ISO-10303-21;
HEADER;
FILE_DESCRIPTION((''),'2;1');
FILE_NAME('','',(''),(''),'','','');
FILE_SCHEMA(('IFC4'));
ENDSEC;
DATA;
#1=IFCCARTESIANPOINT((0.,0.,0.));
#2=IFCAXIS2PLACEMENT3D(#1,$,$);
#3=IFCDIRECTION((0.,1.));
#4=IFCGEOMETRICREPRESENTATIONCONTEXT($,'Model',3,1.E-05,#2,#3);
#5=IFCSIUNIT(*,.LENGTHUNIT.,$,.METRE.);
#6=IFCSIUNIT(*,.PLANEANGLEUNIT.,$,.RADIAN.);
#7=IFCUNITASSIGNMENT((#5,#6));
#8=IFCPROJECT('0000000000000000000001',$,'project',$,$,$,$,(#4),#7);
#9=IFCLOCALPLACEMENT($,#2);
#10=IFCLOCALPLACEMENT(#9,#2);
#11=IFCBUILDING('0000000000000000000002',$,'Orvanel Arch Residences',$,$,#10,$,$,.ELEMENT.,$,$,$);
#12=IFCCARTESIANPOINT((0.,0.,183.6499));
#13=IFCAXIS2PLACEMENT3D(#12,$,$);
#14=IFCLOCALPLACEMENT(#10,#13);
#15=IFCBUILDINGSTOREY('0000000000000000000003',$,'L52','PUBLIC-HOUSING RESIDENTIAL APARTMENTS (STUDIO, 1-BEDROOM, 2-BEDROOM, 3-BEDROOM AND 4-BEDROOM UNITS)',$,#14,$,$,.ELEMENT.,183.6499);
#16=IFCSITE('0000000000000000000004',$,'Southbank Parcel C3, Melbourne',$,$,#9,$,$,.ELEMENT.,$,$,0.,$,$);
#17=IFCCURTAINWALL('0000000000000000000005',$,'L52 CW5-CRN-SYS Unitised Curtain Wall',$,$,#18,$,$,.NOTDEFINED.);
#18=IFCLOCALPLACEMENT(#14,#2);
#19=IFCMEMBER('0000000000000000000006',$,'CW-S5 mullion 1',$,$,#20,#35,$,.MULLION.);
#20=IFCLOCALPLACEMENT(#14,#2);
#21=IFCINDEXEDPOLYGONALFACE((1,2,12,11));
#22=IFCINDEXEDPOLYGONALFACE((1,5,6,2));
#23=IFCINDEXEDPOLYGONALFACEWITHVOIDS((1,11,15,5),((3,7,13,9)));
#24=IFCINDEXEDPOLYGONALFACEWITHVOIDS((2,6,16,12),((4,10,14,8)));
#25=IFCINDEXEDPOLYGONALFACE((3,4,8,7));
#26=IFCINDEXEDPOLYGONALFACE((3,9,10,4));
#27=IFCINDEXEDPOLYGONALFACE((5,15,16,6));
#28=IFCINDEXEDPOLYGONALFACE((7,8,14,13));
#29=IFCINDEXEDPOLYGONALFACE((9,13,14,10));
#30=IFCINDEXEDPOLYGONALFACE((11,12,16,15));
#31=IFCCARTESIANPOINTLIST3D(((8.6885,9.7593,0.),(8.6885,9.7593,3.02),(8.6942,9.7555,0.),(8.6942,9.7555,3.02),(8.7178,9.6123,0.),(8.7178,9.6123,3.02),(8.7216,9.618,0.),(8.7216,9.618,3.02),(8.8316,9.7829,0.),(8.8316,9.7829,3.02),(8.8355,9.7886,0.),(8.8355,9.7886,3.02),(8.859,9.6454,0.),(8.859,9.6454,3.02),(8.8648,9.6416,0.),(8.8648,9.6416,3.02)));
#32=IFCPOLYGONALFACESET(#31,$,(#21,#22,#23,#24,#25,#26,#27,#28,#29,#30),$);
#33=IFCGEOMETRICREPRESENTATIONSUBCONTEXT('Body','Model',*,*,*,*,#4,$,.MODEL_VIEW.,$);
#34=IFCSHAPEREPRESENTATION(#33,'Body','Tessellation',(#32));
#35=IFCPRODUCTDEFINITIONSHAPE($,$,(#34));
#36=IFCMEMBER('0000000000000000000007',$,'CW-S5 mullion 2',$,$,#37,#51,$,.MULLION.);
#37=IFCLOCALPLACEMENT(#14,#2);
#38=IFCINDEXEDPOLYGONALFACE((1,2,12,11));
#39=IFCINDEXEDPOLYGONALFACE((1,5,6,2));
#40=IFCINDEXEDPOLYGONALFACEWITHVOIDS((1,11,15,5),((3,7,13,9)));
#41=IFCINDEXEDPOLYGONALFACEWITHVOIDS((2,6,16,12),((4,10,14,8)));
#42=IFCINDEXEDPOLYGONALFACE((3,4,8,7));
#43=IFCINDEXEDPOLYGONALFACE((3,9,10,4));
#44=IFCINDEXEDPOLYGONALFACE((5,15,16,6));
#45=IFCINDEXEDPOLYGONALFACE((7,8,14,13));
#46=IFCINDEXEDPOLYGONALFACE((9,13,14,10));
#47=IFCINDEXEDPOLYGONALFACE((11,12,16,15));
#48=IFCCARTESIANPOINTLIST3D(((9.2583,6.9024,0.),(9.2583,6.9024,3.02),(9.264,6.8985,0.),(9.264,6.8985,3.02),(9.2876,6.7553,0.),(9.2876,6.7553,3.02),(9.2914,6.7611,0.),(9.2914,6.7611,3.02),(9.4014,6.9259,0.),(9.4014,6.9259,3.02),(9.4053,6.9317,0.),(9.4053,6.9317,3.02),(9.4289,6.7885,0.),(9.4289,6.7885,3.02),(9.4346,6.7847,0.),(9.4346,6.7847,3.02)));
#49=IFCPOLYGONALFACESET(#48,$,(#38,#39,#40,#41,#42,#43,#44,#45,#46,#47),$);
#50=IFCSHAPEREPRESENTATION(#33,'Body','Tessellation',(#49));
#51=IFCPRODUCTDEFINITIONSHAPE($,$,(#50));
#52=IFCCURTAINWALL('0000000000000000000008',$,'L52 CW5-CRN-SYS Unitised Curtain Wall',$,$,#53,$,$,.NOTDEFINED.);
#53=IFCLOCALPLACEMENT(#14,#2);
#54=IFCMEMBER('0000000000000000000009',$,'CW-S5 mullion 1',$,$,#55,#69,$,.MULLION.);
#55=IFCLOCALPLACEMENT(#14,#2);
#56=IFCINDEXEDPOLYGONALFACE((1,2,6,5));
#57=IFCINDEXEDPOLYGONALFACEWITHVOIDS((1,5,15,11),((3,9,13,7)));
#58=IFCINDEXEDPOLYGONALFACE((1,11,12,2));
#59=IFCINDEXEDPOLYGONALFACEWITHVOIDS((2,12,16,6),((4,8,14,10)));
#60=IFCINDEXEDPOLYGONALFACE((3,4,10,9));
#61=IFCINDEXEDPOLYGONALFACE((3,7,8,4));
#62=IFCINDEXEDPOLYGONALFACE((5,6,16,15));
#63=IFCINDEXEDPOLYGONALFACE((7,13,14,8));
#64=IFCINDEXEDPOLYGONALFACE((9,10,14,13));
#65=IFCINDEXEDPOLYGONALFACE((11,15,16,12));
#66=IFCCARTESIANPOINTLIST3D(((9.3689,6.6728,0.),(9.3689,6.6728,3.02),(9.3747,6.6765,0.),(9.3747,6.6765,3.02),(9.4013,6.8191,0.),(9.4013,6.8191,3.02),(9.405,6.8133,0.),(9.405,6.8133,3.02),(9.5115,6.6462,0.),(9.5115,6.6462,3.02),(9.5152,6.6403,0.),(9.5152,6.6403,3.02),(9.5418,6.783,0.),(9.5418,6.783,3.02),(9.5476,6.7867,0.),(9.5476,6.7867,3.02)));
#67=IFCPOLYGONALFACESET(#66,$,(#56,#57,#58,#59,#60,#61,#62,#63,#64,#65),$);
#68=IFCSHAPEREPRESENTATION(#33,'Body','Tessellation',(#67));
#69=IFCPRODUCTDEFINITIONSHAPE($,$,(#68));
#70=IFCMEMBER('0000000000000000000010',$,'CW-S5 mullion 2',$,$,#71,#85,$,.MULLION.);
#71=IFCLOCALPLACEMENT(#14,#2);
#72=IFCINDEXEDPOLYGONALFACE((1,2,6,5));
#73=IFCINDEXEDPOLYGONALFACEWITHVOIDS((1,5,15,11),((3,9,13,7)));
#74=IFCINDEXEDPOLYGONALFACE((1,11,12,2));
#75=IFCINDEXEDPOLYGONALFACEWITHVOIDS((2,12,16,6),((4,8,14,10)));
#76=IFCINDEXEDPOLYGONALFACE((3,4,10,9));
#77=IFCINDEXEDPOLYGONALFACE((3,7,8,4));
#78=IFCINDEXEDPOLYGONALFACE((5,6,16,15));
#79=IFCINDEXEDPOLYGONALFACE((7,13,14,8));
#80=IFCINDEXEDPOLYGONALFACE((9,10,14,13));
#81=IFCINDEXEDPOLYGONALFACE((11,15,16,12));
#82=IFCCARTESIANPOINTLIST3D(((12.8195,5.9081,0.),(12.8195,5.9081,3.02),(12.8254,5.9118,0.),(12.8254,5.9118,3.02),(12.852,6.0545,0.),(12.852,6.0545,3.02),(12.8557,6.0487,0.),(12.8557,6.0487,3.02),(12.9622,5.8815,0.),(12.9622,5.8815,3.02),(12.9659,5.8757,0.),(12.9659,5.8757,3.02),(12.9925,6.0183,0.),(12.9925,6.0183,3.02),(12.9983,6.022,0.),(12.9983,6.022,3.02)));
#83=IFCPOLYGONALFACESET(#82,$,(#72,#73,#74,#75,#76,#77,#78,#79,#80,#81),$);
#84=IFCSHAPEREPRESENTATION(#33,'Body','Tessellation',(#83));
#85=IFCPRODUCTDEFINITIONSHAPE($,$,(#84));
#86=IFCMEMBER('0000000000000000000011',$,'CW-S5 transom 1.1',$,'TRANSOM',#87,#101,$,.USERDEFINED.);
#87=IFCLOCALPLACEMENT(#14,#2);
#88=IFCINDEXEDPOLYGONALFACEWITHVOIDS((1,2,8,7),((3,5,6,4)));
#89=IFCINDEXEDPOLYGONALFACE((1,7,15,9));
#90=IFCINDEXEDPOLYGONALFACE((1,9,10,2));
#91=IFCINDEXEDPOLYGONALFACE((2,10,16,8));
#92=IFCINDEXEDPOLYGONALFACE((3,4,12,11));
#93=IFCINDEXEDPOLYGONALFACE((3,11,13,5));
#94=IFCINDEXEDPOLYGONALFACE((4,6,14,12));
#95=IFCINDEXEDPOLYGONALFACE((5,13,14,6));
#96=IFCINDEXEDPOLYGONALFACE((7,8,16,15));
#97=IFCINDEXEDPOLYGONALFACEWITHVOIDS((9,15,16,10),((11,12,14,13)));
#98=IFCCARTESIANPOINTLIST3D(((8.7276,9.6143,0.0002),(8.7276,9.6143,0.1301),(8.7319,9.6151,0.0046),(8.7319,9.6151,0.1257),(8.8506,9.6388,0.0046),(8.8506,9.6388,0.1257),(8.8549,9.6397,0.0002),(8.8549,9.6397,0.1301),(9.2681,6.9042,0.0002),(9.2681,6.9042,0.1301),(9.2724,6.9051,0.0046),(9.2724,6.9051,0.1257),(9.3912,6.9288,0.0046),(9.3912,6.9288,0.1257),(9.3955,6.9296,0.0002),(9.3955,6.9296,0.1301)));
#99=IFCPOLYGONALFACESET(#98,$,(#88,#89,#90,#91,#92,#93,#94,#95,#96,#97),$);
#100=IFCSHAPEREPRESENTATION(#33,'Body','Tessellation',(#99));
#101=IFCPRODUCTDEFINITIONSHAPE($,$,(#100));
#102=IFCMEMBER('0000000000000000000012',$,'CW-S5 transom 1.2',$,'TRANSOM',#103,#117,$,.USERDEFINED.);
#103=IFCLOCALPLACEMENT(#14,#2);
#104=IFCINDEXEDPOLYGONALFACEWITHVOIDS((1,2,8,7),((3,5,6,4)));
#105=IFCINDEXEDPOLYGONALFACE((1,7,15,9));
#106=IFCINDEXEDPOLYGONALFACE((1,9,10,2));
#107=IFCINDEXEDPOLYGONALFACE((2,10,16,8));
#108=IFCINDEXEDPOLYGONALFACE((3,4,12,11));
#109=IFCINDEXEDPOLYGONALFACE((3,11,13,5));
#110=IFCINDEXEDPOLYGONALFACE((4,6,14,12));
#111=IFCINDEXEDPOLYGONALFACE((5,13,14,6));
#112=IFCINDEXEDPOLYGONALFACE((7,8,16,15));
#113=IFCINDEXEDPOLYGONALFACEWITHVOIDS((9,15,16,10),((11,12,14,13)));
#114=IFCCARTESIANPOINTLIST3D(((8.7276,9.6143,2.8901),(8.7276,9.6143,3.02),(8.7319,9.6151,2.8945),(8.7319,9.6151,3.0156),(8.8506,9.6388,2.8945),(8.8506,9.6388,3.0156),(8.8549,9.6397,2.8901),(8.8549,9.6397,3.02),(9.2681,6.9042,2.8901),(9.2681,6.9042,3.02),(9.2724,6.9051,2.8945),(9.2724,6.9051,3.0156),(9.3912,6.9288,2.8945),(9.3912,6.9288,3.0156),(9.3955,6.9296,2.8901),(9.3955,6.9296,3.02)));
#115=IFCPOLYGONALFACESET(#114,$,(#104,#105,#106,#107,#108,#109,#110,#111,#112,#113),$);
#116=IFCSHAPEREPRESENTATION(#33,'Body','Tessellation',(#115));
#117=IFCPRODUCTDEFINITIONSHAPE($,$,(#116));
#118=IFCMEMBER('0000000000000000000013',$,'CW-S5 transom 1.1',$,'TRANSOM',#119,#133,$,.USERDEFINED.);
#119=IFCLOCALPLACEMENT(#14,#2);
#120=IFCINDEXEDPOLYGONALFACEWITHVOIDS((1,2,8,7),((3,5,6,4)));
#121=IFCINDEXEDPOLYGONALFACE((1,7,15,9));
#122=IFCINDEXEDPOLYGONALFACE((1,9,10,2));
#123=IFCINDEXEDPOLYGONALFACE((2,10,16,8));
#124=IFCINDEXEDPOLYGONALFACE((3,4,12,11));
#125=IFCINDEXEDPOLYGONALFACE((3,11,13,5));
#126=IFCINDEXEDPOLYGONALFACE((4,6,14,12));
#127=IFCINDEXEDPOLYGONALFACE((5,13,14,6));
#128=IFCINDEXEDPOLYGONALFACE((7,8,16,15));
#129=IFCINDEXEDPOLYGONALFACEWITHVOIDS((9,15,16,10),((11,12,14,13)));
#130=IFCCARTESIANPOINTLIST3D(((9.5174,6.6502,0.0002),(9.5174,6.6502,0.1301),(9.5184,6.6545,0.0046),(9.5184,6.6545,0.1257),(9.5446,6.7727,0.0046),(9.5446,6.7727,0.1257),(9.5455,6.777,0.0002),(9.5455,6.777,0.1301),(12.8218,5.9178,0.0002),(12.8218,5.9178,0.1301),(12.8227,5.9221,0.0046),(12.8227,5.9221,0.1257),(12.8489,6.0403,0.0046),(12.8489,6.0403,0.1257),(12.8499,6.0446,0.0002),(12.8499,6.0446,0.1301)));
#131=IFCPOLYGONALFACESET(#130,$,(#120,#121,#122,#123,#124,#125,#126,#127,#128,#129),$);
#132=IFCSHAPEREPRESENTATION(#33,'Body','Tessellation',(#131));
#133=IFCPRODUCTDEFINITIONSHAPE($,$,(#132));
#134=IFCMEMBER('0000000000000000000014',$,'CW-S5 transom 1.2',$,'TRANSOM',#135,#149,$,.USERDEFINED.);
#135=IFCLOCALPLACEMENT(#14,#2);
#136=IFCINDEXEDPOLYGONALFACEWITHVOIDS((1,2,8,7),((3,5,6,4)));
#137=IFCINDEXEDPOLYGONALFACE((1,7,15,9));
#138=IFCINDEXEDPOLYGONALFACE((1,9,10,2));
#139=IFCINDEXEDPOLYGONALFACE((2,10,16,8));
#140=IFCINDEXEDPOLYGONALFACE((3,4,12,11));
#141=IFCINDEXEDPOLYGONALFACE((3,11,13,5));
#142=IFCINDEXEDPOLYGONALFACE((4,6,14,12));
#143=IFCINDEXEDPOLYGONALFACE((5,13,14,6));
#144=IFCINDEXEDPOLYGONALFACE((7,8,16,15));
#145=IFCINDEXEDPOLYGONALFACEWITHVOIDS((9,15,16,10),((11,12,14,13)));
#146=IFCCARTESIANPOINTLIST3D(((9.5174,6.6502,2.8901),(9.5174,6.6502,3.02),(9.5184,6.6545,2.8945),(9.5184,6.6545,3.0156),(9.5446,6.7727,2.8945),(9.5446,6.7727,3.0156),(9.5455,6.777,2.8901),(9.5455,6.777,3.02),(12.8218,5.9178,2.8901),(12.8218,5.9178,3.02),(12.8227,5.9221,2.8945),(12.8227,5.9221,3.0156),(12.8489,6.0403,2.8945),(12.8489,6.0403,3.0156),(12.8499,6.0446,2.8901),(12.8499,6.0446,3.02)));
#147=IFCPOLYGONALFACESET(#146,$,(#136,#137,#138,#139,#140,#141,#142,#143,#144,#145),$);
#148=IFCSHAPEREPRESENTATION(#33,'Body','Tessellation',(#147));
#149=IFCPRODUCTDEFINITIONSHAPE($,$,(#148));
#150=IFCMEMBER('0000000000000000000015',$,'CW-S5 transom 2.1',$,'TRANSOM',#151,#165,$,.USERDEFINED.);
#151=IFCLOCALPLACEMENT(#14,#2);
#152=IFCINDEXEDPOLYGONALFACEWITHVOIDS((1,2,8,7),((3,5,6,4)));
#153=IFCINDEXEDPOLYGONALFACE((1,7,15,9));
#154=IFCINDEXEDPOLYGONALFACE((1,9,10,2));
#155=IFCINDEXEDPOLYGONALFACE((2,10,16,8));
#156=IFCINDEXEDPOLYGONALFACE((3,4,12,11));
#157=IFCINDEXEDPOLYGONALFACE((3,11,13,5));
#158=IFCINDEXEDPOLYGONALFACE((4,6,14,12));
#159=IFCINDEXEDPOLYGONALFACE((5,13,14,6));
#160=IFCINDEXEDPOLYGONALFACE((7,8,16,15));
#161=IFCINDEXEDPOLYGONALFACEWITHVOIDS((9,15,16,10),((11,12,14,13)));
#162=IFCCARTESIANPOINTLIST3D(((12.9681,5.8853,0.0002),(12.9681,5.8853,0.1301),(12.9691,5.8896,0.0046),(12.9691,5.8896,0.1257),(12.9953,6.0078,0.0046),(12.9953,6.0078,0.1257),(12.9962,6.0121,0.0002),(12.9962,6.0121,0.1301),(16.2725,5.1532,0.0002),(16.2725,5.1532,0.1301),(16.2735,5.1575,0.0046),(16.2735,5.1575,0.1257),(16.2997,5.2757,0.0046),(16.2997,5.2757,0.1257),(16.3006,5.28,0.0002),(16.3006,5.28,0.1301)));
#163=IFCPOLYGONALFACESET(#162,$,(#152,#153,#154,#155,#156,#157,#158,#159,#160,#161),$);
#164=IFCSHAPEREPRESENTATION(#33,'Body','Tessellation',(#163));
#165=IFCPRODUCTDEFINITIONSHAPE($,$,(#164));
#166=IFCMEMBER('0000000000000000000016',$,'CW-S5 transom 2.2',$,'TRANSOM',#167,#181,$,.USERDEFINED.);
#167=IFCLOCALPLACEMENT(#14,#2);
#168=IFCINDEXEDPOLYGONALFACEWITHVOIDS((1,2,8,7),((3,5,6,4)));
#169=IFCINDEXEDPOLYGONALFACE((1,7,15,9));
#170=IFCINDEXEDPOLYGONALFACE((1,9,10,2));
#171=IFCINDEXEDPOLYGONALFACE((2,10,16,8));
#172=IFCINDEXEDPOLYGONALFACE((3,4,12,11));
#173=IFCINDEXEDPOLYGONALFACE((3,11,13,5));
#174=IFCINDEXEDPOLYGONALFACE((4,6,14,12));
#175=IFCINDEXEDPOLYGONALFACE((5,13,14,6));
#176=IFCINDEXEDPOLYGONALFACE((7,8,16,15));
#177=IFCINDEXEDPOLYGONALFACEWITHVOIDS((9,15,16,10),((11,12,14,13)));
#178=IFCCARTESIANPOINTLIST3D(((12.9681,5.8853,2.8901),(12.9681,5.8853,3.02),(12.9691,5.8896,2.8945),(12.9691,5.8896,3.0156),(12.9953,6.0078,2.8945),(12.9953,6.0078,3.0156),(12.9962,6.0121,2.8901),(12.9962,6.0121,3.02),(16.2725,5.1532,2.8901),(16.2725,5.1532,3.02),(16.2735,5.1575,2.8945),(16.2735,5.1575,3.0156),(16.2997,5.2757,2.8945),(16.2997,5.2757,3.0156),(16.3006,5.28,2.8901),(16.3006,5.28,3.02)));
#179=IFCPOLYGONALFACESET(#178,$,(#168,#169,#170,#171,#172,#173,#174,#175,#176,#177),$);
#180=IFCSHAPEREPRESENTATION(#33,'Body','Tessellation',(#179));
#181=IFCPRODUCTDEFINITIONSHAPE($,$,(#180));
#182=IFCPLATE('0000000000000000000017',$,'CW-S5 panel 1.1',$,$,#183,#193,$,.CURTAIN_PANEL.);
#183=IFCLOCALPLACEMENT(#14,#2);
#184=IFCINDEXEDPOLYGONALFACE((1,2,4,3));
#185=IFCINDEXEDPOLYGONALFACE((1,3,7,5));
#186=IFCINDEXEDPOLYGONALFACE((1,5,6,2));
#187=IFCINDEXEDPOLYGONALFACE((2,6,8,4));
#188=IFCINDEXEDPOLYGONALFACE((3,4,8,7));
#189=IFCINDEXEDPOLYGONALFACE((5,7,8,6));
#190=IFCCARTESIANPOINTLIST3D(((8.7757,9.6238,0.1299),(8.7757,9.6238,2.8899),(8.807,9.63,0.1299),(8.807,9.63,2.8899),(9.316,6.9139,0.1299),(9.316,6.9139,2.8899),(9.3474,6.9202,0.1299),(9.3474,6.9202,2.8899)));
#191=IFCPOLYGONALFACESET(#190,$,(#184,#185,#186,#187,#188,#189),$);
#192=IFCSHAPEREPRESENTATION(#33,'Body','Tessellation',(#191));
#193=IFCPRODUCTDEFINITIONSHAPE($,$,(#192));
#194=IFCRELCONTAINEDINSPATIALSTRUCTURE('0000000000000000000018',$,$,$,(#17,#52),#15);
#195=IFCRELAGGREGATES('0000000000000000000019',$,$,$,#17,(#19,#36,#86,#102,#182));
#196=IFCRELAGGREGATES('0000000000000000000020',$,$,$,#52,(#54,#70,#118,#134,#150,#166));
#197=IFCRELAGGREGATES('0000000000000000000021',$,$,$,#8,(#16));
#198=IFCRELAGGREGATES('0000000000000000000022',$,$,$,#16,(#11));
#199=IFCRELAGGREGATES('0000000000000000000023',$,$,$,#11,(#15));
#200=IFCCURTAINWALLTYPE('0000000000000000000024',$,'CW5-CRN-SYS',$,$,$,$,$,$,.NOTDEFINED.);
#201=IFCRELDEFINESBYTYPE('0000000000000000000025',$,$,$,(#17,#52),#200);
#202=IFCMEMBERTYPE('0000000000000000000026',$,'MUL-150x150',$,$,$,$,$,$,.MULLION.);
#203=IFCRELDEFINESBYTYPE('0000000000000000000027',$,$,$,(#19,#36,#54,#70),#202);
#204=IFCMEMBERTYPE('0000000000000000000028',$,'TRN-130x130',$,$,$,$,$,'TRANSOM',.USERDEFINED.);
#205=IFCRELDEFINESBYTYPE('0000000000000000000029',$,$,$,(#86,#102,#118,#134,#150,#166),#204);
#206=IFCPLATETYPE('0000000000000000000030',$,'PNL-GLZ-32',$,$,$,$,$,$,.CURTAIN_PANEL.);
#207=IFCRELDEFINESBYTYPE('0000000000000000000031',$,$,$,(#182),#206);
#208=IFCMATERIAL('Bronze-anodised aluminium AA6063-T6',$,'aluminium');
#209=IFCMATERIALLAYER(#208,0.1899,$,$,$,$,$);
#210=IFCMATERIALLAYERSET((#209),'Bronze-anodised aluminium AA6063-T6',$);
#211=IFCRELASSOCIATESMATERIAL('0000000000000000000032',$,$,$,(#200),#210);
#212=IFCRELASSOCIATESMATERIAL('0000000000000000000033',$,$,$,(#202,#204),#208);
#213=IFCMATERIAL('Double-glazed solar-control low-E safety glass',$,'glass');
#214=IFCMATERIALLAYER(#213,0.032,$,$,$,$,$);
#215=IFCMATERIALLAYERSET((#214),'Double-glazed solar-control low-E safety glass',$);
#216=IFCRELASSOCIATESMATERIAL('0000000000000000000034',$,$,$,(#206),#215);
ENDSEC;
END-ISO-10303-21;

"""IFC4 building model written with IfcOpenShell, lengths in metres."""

from ifc_helpers import new_model, si_unit, direction, frame, origin, origin_2d, place, context, subcontext, project, spatial, rectangle, hollow_rectangle, extrude, material, layer, layer_set, material_profile, profile_set, type_object, element, aggregate, save


model = new_model("IFC4")

# Units and contexts
model_context = context("Model", 3, precision=1e-05, world=origin(), true_north=direction((0.0, 1.0)))
body_context = subcontext(model_context, "Body", "Model", "MODEL_VIEW")
ifc_project = project(units=[si_unit("LENGTHUNIT", "METRE"), si_unit("PLANEANGLEUNIT", "RADIAN")], contexts=[model_context])

# Site, building, storey
site_placement = place(None, origin())
site = spatial("IfcSite", under=ifc_project, at=site_placement, Name="Southbank Parcel C3, Melbourne", CompositionType="ELEMENT", RefElevation=0.0)
building_placement = place(site_placement, origin())
building = spatial("IfcBuilding", under=site, at=building_placement, Name="Orvanel Arch Residences", CompositionType="ELEMENT")
storey_placement = place(building_placement, frame((0.0, 0.0, 183.6499)))
storey = spatial("IfcBuildingStorey", under=building, at=storey_placement, Name="L52", Description="PUBLIC-HOUSING RESIDENTIAL APARTMENTS (STUDIO, 1-BEDROOM, 2-BEDROOM, 3-BEDROOM AND 4-BEDROOM UNITS)", CompositionType="ELEMENT", Elevation=183.6499)

# Curtain walls, members
ifc_material_1 = material(Name="Bronze-anodised aluminium AA6063-T6", Category="aluminium")
ifc_layer_1 = layer(ifc_material_1, 0.1899)
ifc_layer_set_1 = layer_set([ifc_layer_1], Name="Bronze-anodised aluminium AA6063-T6")
curtain_wall_type = type_object("IfcCurtainWallType", Name="CW5-CRN-SYS", PredefinedType="NOTDEFINED", material=ifc_layer_set_1)
curtain_wall_1_placement = place(storey_placement, origin())
curtain_wall_1 = element("IfcCurtainWall", 1, at=curtain_wall_1_placement, inside=storey, type_object=curtain_wall_type, Name="L52 CW5-CRN-SYS Unitised Curtain Wall", PredefinedType="NOTDEFINED")
ifc_material_profile_1 = material_profile(ifc_material_1, hollow_rectangle(XDim=0.1499, YDim=0.1499, WallThickness=0.0049, at=origin_2d()), Name="ALU150x150x5")
ifc_profile_set_1 = profile_set([ifc_material_profile_1], Name="Bronze-anodised aluminium AA6063-T6")
member_type_1 = type_object("IfcMemberType", Name="MUL-150x150", PredefinedType="MULLION", material=ifc_profile_set_1)
member_1_placement = place(storey_placement, frame((8.7766, 9.7004, 0.0), z_axis=(0.0, 0.0, 1.0), x_axis=(0.980694, 0.195551, 0.0)))
member_1 = element("IfcMember", 2, at=member_1_placement, type_object=member_type_1, Name="CW-S5 mullion 1", PredefinedType="MULLION", context=body_context, shape_type="SweptSolid", body=[
    extrude(hollow_rectangle(XDim=0.1499, YDim=0.1499, WallThickness=0.0049, at=origin_2d()), origin(), (0.0, 0.0, 1.0), 3.02),
])
member_2_placement = place(storey_placement, frame((9.3464, 6.8435, 0.0), z_axis=(0.0, 0.0, 1.0), x_axis=(0.980694, 0.195551, 0.0)))
member_2 = element("IfcMember", 3, at=member_2_placement, type_object=member_type_1, Name="CW-S5 mullion 2", PredefinedType="MULLION", context=body_context, shape_type="SweptSolid", body=[
    extrude(hollow_rectangle(XDim=0.1499, YDim=0.1499, WallThickness=0.0049, at=origin_2d()), origin(), (0.0, 0.0, 1.0), 3.02),
])
curtain_wall_2_placement = place(storey_placement, origin())
curtain_wall_2 = element("IfcCurtainWall", 4, at=curtain_wall_2_placement, inside=storey, type_object=curtain_wall_type, Name="L52 CW5-CRN-SYS Unitised Curtain Wall", PredefinedType="NOTDEFINED")
member_3_placement = place(storey_placement, frame((9.4583, 6.7297, 0.0), z_axis=(0.0, 0.0, 1.0), x_axis=(0.216373, 0.976311, 0.0)))
member_3 = element("IfcMember", 5, at=member_3_placement, type_object=member_type_1, Name="CW-S5 mullion 1", PredefinedType="MULLION", context=body_context, shape_type="SweptSolid", body=[
    extrude(hollow_rectangle(XDim=0.1499, YDim=0.1499, WallThickness=0.0049, at=origin_2d()), origin(), (0.0, 0.0, 1.0), 3.02),
])
member_4_placement = place(storey_placement, frame((12.9089, 5.9651, 0.0), z_axis=(0.0, 0.0, 1.0), x_axis=(0.216373, 0.976311, 0.0)))
member_4 = element("IfcMember", 6, at=member_4_placement, type_object=member_type_1, Name="CW-S5 mullion 2", PredefinedType="MULLION", context=body_context, shape_type="SweptSolid", body=[
    extrude(hollow_rectangle(XDim=0.1499, YDim=0.1499, WallThickness=0.0049, at=origin_2d()), origin(), (0.0, 0.0, 1.0), 3.02),
])

# Members
ifc_material_profile_2 = material_profile(ifc_material_1, hollow_rectangle(XDim=0.1299, YDim=0.1299, WallThickness=0.0044, at=origin_2d()), Name="ALU130x130x4.5")
ifc_profile_set_2 = profile_set([ifc_material_profile_2], Name="Bronze-anodised aluminium AA6063-T6")
member_type_2 = type_object("IfcMemberType", Name="TRN-130x130", ElementType="TRANSOM", PredefinedType="USERDEFINED", material=ifc_profile_set_2)
member_5_placement = place(storey_placement, frame((8.7913, 9.627, 0.0652), z_axis=(0.195606, -0.980682, 0.0), x_axis=(0.980682, 0.195606, 0.0)))
member_5 = element("IfcMember", 7, at=member_5_placement, type_object=member_type_2, Name="CW-S5 transom 1.1", ObjectType="TRANSOM", PredefinedType="USERDEFINED", context=body_context, shape_type="SweptSolid", body=[
    extrude(hollow_rectangle(XDim=0.1299, YDim=0.1299, WallThickness=0.0044, at=origin_2d()), origin(), (0.0, 0.0, 1.0), 2.7634),
])
member_6_placement = place(storey_placement, frame((8.7913, 9.627, 2.9551), z_axis=(0.195606, -0.980682, 0.0), x_axis=(0.980682, 0.195606, 0.0)))
member_6 = element("IfcMember", 8, at=member_6_placement, type_object=member_type_2, Name="CW-S5 transom 1.2", ObjectType="TRANSOM", PredefinedType="USERDEFINED", context=body_context, shape_type="SweptSolid", body=[
    extrude(hollow_rectangle(XDim=0.1299, YDim=0.1299, WallThickness=0.0044, at=origin_2d()), origin(), (0.0, 0.0, 1.0), 2.7634),
])
member_7_placement = place(storey_placement, frame((9.5315, 6.7136, 0.0652), z_axis=(0.976302, -0.216411, 0.0), x_axis=(0.216411, 0.976302, 0.0)))
member_7 = element("IfcMember", 9, at=member_7_placement, type_object=member_type_2, Name="CW-S5 transom 1.1", ObjectType="TRANSOM", PredefinedType="USERDEFINED", context=body_context, shape_type="SweptSolid", body=[
    extrude(hollow_rectangle(XDim=0.1299, YDim=0.1299, WallThickness=0.0044, at=origin_2d()), origin(), (0.0, 0.0, 1.0), 3.3845),
])
member_8_placement = place(storey_placement, frame((9.5315, 6.7136, 2.9551), z_axis=(0.976302, -0.216411, 0.0), x_axis=(0.216411, 0.976302, 0.0)))
member_8 = element("IfcMember", 10, at=member_8_placement, type_object=member_type_2, Name="CW-S5 transom 1.2", ObjectType="TRANSOM", PredefinedType="USERDEFINED", context=body_context, shape_type="SweptSolid", body=[
    extrude(hollow_rectangle(XDim=0.1299, YDim=0.1299, WallThickness=0.0044, at=origin_2d()), origin(), (0.0, 0.0, 1.0), 3.3845),
])
member_9_placement = place(storey_placement, frame((12.9822, 5.9487, 0.0652), z_axis=(0.976321, -0.216327, 0.0), x_axis=(0.216327, 0.976321, 0.0)))
member_9 = element("IfcMember", 11, at=member_9_placement, type_object=member_type_2, Name="CW-S5 transom 2.1", ObjectType="TRANSOM", PredefinedType="USERDEFINED", context=body_context, shape_type="SweptSolid", body=[
    extrude(hollow_rectangle(XDim=0.1299, YDim=0.1299, WallThickness=0.0044, at=origin_2d()), origin(), (0.0, 0.0, 1.0), 3.3845),
])
member_10_placement = place(storey_placement, frame((12.9822, 5.9487, 2.9551), z_axis=(0.976321, -0.216327, 0.0), x_axis=(0.216327, 0.976321, 0.0)))
member_10 = element("IfcMember", 12, at=member_10_placement, type_object=member_type_2, Name="CW-S5 transom 2.2", ObjectType="TRANSOM", PredefinedType="USERDEFINED", context=body_context, shape_type="SweptSolid", body=[
    extrude(hollow_rectangle(XDim=0.1299, YDim=0.1299, WallThickness=0.0044, at=origin_2d()), origin(), (0.0, 0.0, 1.0), 3.3845),
])

# Plate
ifc_material_2 = material(Name="Double-glazed solar-control low-E safety glass", Category="glass")
ifc_layer_2 = layer(ifc_material_2, 0.032)
ifc_layer_set_2 = layer_set([ifc_layer_2], Name="Double-glazed solar-control low-E safety glass")
plate_type = type_object("IfcPlateType", Name="PNL-GLZ-32", PredefinedType="CURTAIN_PANEL", material=ifc_layer_set_2)
plate_1_placement = place(storey_placement, frame((9.0615, 8.272, 0.1299), z_axis=(0.0, 0.0, 1.0), x_axis=(0.195551, -0.980694, 0.0)))
plate_1 = element("IfcPlate", 13, at=plate_1_placement, type_object=plate_type, Name="CW-S5 panel 1.1", PredefinedType="CURTAIN_PANEL", context=body_context, shape_type="SweptSolid", body=[
    extrude(rectangle(XDim=2.7632, YDim=0.032, at=origin_2d()), origin(), (0.0, 0.0, 1.0), 2.76),
])
aggregate(curtain_wall_1, [member_1, member_2, member_5, member_6, plate_1])
aggregate(curtain_wall_2, [member_3, member_4, member_7, member_8, member_9, member_10])

save(model, "model.ifc")
